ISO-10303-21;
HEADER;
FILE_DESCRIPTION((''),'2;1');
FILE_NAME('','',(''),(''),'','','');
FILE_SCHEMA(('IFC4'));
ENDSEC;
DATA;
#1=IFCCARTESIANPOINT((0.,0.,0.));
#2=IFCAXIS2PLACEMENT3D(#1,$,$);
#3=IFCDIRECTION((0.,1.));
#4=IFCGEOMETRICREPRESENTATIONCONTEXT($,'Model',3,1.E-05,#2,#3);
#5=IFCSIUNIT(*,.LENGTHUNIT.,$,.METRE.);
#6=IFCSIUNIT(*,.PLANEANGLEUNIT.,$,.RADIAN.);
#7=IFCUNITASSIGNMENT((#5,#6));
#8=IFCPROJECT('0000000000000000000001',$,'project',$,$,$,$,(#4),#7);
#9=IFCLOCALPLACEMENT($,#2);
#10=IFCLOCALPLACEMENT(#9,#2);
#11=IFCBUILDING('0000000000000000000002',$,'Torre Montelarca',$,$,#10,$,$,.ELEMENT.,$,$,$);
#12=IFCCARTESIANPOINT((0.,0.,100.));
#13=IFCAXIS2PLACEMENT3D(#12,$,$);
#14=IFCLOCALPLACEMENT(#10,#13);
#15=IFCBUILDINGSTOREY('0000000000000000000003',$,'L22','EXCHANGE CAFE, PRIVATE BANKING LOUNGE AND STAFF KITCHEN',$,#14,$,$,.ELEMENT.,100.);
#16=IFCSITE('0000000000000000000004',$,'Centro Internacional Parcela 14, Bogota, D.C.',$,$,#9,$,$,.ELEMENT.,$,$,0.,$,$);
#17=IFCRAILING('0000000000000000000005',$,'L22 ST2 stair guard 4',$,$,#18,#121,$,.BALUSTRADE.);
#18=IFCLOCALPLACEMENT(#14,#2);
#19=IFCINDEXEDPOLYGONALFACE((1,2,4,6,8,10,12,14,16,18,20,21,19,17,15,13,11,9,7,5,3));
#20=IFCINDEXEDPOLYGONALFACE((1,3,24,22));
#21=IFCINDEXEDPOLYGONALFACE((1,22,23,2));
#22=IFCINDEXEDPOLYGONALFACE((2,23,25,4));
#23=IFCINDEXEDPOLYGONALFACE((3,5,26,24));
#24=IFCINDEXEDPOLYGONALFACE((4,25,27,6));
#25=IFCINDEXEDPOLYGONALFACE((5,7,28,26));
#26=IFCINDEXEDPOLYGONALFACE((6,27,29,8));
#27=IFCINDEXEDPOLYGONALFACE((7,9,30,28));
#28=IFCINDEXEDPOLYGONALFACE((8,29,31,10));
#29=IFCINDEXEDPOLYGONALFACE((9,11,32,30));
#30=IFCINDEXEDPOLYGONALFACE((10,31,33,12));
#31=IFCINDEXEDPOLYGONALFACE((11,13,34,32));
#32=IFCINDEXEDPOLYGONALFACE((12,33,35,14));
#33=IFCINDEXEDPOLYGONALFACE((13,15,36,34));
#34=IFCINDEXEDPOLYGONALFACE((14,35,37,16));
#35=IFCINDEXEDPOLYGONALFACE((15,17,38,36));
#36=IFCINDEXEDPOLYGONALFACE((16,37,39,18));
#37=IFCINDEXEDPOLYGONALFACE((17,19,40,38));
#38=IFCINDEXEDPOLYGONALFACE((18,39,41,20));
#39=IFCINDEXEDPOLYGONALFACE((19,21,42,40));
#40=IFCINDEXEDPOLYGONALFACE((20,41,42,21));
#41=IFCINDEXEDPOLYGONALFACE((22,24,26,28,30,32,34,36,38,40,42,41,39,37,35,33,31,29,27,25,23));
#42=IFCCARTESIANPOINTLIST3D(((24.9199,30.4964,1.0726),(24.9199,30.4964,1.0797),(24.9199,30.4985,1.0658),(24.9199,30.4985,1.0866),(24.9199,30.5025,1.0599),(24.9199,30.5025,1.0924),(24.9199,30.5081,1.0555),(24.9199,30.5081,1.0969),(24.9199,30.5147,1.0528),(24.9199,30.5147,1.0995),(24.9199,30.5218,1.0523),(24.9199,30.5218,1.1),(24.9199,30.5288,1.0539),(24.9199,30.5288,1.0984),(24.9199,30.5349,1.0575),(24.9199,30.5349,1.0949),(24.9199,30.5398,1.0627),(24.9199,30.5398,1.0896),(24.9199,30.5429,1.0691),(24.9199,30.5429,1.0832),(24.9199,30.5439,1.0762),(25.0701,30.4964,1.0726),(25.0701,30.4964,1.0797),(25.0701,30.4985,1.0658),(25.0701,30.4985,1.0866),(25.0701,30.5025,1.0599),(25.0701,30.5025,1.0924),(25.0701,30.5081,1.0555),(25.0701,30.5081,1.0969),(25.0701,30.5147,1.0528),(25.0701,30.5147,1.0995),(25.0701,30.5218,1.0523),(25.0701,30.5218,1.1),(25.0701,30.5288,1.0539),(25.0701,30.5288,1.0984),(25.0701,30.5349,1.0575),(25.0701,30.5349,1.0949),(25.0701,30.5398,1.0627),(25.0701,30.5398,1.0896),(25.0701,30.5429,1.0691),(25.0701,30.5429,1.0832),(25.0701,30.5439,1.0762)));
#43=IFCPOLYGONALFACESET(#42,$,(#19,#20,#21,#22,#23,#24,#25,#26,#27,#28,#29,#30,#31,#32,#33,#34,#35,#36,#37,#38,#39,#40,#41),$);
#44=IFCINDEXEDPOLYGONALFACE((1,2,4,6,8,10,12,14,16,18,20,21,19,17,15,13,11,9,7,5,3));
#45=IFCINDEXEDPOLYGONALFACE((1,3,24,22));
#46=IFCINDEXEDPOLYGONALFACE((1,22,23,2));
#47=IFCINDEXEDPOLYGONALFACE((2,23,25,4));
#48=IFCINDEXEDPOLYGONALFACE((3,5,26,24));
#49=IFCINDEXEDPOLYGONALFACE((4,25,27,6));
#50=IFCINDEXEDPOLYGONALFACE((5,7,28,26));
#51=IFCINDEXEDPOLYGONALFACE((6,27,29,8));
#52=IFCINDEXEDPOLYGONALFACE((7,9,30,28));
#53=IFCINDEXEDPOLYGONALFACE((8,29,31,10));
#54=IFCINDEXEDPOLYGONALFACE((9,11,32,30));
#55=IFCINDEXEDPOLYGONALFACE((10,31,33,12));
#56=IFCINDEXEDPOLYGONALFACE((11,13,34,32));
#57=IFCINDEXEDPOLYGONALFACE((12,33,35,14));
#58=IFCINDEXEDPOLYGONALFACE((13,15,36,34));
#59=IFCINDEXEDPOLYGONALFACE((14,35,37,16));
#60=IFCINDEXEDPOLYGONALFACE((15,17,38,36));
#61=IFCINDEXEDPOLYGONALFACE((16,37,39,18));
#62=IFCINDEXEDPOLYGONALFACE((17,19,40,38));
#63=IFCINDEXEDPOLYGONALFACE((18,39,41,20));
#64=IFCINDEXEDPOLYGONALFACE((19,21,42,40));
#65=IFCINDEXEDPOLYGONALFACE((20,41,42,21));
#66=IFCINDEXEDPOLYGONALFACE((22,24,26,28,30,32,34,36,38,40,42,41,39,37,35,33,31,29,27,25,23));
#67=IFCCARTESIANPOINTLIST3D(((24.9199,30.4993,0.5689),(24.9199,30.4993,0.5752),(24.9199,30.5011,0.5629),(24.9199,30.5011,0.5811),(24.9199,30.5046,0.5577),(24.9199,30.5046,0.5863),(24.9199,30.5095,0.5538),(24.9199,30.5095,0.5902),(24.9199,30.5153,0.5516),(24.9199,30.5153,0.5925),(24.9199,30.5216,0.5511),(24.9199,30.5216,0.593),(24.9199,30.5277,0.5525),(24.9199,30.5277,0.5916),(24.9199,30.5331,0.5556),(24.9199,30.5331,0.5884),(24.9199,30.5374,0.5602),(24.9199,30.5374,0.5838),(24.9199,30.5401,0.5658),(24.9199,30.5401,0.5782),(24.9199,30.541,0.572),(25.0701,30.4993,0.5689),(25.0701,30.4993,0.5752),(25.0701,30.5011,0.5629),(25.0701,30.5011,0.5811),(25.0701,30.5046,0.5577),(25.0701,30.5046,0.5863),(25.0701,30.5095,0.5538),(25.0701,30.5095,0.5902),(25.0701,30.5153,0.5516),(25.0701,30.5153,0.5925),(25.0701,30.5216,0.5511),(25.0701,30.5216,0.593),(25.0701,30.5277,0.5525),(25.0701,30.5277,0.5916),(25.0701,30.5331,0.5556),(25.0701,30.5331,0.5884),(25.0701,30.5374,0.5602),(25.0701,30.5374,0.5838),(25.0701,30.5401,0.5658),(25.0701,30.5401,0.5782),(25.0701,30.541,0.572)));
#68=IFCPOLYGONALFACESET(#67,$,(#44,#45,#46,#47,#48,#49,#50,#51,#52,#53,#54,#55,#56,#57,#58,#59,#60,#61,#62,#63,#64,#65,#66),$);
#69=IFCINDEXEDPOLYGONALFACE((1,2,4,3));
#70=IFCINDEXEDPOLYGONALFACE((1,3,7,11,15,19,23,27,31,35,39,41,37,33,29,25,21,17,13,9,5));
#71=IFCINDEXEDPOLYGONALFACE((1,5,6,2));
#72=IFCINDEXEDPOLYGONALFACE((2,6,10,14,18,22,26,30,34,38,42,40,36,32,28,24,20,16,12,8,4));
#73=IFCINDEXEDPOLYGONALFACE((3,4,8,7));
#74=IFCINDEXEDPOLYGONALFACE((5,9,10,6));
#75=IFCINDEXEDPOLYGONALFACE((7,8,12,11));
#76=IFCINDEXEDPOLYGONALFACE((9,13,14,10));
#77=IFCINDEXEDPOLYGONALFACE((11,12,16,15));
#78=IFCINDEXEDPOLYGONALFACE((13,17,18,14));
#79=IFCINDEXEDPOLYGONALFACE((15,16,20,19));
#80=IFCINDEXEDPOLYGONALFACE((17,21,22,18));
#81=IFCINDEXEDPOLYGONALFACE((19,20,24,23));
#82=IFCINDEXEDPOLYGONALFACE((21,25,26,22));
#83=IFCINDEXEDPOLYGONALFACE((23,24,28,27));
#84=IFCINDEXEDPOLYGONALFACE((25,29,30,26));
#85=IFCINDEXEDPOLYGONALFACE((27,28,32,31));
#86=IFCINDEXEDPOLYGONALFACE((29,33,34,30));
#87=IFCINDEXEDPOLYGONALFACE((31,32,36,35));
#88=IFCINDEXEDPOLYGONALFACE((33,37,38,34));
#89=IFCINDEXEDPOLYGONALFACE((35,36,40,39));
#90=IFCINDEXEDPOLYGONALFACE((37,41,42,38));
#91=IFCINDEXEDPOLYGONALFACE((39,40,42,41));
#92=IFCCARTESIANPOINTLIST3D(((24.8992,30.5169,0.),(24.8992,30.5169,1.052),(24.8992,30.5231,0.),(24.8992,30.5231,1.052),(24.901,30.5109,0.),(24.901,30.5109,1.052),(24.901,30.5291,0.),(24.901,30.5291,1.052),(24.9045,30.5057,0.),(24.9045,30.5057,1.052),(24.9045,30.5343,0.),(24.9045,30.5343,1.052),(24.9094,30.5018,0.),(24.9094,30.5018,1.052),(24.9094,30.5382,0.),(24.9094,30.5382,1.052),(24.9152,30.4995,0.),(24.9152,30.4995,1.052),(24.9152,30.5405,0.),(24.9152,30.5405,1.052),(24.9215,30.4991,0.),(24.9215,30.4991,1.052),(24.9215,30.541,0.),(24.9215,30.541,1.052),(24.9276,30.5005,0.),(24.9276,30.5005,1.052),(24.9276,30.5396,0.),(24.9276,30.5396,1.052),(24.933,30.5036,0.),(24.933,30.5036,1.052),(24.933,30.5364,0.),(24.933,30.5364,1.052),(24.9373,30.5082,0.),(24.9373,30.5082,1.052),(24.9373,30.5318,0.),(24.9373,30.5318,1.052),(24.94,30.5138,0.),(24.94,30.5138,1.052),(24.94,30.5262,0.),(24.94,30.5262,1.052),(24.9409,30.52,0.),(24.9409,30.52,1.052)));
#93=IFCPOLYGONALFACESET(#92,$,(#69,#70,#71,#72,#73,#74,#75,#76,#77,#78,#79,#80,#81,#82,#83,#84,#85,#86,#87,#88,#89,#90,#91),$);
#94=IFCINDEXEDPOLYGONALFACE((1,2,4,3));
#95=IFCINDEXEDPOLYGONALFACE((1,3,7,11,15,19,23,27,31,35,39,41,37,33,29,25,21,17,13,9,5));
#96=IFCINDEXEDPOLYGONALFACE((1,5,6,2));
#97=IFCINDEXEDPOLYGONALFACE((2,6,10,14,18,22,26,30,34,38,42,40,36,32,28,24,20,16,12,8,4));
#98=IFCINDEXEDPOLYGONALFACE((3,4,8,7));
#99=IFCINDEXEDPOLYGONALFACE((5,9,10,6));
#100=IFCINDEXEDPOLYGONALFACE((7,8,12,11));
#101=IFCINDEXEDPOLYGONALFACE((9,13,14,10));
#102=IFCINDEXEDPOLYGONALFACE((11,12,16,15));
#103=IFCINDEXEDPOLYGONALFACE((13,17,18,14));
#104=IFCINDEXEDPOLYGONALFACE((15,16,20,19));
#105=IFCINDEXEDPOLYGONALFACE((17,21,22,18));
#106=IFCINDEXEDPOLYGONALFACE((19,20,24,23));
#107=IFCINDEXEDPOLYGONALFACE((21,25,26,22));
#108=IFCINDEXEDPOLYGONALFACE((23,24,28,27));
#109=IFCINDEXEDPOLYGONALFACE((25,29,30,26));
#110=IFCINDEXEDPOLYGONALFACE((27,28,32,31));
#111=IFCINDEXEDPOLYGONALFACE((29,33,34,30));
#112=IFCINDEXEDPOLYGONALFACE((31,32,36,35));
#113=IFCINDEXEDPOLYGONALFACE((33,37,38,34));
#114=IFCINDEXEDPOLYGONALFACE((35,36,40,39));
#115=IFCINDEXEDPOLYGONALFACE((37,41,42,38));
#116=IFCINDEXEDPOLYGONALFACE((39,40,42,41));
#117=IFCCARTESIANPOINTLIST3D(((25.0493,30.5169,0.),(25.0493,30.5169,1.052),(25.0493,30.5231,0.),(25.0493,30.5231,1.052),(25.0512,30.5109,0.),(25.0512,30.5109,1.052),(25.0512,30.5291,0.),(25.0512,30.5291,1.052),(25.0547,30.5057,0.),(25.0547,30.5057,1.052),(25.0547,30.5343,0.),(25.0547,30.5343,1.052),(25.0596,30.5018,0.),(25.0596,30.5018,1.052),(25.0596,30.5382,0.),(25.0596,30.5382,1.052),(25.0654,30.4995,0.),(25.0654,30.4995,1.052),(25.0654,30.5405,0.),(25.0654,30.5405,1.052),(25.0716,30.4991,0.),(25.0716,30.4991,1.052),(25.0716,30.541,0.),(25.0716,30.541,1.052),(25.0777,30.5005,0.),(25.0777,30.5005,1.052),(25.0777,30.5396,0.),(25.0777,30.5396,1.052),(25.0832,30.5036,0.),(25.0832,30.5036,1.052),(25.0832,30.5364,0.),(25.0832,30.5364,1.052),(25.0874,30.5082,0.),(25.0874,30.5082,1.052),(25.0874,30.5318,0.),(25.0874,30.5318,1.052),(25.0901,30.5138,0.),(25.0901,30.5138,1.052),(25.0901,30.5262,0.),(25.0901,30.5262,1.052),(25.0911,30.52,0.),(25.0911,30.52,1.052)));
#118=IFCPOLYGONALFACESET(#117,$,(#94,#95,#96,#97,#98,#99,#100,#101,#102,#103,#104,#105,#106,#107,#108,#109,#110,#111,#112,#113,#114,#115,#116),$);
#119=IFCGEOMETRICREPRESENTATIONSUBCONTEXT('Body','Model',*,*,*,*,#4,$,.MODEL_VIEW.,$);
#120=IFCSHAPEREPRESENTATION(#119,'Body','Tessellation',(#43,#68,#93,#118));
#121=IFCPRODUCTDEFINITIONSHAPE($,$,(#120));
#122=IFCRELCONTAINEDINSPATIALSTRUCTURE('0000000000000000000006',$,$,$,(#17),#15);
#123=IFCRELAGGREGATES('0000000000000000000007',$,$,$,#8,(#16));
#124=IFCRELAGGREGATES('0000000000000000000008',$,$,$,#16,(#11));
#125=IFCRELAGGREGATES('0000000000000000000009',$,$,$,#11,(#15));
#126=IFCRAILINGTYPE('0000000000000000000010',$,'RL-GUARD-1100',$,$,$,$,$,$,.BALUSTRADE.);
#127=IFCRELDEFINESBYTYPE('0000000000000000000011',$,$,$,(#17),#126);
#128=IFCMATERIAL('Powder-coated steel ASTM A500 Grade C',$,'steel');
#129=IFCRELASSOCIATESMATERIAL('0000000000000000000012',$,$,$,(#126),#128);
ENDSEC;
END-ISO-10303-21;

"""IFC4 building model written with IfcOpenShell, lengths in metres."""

from ifc_helpers import new_model, si_unit, direction, frame, origin, origin_2d, place, context, subcontext, project, spatial, circle, extrude, material, type_object, element, save


model = new_model("IFC4")

# Units and contexts
model_context = context("Model", 3, precision=1e-05, world=origin(), true_north=direction((0.0, 1.0)))
body_context = subcontext(model_context, "Body", "Model", "MODEL_VIEW")
ifc_project = project(units=[si_unit("LENGTHUNIT", "METRE"), si_unit("PLANEANGLEUNIT", "RADIAN")], contexts=[model_context])

# Site, building, storey
site_placement = place(None, origin())
site = spatial("IfcSite", under=ifc_project, at=site_placement, Name="Centro Internacional Parcela 14, Bogota, D.C.", CompositionType="ELEMENT", RefElevation=0.0)
building_placement = place(site_placement, origin())
building = spatial("IfcBuilding", under=site, at=building_placement, Name="Torre Montelarca", CompositionType="ELEMENT")
storey_placement = place(building_placement, frame((0.0, 0.0, 100.0)))
storey = spatial("IfcBuildingStorey", under=building, at=storey_placement, Name="L22", Description="EXCHANGE CAFE, PRIVATE BANKING LOUNGE AND STAFF KITCHEN", CompositionType="ELEMENT", Elevation=100.0)

# Railing
ifc_material_1 = material(Name="Powder-coated steel ASTM A500 Grade C", Category="steel")
railing_type_1 = type_object("IfcRailingType", Name="RL-GUARD-1100", PredefinedType="BALUSTRADE", material=ifc_material_1)
railing_1_placement = place(storey_placement, frame((24.9199, 30.52, 0.0)))
element("IfcRailing", 1, at=railing_1_placement, inside=storey, type_object=railing_type_1, Name="L22 ST2 stair guard 4", PredefinedType="BALUSTRADE", context=body_context, shape_type="SweptSolid", body=[
    extrude(circle(Radius=0.0239, at=origin_2d()), frame((0.0, 0.0, 1.0762), z_axis=(1.0, 0.0, 0.0), x_axis=(0.0, 1.0, 0.0)), (0.0, 0.0, 1.0), 0.1501),
    extrude(circle(Radius=0.021, at=origin_2d()), frame((0.0, 0.0, 0.572), z_axis=(1.0, 0.0, 0.0), x_axis=(0.0, 1.0, 0.0)), (0.0, 0.0, 1.0), 0.1501),
    extrude(circle(Radius=0.021, at=origin_2d()), origin(), (0.0, 0.0, 1.0), 1.052),
    extrude(circle(Radius=0.021, at=origin_2d()), frame((0.1501, 0.0, 0.0)), (0.0, 0.0, 1.0), 1.052),
])

save(model, "model.ifc")
